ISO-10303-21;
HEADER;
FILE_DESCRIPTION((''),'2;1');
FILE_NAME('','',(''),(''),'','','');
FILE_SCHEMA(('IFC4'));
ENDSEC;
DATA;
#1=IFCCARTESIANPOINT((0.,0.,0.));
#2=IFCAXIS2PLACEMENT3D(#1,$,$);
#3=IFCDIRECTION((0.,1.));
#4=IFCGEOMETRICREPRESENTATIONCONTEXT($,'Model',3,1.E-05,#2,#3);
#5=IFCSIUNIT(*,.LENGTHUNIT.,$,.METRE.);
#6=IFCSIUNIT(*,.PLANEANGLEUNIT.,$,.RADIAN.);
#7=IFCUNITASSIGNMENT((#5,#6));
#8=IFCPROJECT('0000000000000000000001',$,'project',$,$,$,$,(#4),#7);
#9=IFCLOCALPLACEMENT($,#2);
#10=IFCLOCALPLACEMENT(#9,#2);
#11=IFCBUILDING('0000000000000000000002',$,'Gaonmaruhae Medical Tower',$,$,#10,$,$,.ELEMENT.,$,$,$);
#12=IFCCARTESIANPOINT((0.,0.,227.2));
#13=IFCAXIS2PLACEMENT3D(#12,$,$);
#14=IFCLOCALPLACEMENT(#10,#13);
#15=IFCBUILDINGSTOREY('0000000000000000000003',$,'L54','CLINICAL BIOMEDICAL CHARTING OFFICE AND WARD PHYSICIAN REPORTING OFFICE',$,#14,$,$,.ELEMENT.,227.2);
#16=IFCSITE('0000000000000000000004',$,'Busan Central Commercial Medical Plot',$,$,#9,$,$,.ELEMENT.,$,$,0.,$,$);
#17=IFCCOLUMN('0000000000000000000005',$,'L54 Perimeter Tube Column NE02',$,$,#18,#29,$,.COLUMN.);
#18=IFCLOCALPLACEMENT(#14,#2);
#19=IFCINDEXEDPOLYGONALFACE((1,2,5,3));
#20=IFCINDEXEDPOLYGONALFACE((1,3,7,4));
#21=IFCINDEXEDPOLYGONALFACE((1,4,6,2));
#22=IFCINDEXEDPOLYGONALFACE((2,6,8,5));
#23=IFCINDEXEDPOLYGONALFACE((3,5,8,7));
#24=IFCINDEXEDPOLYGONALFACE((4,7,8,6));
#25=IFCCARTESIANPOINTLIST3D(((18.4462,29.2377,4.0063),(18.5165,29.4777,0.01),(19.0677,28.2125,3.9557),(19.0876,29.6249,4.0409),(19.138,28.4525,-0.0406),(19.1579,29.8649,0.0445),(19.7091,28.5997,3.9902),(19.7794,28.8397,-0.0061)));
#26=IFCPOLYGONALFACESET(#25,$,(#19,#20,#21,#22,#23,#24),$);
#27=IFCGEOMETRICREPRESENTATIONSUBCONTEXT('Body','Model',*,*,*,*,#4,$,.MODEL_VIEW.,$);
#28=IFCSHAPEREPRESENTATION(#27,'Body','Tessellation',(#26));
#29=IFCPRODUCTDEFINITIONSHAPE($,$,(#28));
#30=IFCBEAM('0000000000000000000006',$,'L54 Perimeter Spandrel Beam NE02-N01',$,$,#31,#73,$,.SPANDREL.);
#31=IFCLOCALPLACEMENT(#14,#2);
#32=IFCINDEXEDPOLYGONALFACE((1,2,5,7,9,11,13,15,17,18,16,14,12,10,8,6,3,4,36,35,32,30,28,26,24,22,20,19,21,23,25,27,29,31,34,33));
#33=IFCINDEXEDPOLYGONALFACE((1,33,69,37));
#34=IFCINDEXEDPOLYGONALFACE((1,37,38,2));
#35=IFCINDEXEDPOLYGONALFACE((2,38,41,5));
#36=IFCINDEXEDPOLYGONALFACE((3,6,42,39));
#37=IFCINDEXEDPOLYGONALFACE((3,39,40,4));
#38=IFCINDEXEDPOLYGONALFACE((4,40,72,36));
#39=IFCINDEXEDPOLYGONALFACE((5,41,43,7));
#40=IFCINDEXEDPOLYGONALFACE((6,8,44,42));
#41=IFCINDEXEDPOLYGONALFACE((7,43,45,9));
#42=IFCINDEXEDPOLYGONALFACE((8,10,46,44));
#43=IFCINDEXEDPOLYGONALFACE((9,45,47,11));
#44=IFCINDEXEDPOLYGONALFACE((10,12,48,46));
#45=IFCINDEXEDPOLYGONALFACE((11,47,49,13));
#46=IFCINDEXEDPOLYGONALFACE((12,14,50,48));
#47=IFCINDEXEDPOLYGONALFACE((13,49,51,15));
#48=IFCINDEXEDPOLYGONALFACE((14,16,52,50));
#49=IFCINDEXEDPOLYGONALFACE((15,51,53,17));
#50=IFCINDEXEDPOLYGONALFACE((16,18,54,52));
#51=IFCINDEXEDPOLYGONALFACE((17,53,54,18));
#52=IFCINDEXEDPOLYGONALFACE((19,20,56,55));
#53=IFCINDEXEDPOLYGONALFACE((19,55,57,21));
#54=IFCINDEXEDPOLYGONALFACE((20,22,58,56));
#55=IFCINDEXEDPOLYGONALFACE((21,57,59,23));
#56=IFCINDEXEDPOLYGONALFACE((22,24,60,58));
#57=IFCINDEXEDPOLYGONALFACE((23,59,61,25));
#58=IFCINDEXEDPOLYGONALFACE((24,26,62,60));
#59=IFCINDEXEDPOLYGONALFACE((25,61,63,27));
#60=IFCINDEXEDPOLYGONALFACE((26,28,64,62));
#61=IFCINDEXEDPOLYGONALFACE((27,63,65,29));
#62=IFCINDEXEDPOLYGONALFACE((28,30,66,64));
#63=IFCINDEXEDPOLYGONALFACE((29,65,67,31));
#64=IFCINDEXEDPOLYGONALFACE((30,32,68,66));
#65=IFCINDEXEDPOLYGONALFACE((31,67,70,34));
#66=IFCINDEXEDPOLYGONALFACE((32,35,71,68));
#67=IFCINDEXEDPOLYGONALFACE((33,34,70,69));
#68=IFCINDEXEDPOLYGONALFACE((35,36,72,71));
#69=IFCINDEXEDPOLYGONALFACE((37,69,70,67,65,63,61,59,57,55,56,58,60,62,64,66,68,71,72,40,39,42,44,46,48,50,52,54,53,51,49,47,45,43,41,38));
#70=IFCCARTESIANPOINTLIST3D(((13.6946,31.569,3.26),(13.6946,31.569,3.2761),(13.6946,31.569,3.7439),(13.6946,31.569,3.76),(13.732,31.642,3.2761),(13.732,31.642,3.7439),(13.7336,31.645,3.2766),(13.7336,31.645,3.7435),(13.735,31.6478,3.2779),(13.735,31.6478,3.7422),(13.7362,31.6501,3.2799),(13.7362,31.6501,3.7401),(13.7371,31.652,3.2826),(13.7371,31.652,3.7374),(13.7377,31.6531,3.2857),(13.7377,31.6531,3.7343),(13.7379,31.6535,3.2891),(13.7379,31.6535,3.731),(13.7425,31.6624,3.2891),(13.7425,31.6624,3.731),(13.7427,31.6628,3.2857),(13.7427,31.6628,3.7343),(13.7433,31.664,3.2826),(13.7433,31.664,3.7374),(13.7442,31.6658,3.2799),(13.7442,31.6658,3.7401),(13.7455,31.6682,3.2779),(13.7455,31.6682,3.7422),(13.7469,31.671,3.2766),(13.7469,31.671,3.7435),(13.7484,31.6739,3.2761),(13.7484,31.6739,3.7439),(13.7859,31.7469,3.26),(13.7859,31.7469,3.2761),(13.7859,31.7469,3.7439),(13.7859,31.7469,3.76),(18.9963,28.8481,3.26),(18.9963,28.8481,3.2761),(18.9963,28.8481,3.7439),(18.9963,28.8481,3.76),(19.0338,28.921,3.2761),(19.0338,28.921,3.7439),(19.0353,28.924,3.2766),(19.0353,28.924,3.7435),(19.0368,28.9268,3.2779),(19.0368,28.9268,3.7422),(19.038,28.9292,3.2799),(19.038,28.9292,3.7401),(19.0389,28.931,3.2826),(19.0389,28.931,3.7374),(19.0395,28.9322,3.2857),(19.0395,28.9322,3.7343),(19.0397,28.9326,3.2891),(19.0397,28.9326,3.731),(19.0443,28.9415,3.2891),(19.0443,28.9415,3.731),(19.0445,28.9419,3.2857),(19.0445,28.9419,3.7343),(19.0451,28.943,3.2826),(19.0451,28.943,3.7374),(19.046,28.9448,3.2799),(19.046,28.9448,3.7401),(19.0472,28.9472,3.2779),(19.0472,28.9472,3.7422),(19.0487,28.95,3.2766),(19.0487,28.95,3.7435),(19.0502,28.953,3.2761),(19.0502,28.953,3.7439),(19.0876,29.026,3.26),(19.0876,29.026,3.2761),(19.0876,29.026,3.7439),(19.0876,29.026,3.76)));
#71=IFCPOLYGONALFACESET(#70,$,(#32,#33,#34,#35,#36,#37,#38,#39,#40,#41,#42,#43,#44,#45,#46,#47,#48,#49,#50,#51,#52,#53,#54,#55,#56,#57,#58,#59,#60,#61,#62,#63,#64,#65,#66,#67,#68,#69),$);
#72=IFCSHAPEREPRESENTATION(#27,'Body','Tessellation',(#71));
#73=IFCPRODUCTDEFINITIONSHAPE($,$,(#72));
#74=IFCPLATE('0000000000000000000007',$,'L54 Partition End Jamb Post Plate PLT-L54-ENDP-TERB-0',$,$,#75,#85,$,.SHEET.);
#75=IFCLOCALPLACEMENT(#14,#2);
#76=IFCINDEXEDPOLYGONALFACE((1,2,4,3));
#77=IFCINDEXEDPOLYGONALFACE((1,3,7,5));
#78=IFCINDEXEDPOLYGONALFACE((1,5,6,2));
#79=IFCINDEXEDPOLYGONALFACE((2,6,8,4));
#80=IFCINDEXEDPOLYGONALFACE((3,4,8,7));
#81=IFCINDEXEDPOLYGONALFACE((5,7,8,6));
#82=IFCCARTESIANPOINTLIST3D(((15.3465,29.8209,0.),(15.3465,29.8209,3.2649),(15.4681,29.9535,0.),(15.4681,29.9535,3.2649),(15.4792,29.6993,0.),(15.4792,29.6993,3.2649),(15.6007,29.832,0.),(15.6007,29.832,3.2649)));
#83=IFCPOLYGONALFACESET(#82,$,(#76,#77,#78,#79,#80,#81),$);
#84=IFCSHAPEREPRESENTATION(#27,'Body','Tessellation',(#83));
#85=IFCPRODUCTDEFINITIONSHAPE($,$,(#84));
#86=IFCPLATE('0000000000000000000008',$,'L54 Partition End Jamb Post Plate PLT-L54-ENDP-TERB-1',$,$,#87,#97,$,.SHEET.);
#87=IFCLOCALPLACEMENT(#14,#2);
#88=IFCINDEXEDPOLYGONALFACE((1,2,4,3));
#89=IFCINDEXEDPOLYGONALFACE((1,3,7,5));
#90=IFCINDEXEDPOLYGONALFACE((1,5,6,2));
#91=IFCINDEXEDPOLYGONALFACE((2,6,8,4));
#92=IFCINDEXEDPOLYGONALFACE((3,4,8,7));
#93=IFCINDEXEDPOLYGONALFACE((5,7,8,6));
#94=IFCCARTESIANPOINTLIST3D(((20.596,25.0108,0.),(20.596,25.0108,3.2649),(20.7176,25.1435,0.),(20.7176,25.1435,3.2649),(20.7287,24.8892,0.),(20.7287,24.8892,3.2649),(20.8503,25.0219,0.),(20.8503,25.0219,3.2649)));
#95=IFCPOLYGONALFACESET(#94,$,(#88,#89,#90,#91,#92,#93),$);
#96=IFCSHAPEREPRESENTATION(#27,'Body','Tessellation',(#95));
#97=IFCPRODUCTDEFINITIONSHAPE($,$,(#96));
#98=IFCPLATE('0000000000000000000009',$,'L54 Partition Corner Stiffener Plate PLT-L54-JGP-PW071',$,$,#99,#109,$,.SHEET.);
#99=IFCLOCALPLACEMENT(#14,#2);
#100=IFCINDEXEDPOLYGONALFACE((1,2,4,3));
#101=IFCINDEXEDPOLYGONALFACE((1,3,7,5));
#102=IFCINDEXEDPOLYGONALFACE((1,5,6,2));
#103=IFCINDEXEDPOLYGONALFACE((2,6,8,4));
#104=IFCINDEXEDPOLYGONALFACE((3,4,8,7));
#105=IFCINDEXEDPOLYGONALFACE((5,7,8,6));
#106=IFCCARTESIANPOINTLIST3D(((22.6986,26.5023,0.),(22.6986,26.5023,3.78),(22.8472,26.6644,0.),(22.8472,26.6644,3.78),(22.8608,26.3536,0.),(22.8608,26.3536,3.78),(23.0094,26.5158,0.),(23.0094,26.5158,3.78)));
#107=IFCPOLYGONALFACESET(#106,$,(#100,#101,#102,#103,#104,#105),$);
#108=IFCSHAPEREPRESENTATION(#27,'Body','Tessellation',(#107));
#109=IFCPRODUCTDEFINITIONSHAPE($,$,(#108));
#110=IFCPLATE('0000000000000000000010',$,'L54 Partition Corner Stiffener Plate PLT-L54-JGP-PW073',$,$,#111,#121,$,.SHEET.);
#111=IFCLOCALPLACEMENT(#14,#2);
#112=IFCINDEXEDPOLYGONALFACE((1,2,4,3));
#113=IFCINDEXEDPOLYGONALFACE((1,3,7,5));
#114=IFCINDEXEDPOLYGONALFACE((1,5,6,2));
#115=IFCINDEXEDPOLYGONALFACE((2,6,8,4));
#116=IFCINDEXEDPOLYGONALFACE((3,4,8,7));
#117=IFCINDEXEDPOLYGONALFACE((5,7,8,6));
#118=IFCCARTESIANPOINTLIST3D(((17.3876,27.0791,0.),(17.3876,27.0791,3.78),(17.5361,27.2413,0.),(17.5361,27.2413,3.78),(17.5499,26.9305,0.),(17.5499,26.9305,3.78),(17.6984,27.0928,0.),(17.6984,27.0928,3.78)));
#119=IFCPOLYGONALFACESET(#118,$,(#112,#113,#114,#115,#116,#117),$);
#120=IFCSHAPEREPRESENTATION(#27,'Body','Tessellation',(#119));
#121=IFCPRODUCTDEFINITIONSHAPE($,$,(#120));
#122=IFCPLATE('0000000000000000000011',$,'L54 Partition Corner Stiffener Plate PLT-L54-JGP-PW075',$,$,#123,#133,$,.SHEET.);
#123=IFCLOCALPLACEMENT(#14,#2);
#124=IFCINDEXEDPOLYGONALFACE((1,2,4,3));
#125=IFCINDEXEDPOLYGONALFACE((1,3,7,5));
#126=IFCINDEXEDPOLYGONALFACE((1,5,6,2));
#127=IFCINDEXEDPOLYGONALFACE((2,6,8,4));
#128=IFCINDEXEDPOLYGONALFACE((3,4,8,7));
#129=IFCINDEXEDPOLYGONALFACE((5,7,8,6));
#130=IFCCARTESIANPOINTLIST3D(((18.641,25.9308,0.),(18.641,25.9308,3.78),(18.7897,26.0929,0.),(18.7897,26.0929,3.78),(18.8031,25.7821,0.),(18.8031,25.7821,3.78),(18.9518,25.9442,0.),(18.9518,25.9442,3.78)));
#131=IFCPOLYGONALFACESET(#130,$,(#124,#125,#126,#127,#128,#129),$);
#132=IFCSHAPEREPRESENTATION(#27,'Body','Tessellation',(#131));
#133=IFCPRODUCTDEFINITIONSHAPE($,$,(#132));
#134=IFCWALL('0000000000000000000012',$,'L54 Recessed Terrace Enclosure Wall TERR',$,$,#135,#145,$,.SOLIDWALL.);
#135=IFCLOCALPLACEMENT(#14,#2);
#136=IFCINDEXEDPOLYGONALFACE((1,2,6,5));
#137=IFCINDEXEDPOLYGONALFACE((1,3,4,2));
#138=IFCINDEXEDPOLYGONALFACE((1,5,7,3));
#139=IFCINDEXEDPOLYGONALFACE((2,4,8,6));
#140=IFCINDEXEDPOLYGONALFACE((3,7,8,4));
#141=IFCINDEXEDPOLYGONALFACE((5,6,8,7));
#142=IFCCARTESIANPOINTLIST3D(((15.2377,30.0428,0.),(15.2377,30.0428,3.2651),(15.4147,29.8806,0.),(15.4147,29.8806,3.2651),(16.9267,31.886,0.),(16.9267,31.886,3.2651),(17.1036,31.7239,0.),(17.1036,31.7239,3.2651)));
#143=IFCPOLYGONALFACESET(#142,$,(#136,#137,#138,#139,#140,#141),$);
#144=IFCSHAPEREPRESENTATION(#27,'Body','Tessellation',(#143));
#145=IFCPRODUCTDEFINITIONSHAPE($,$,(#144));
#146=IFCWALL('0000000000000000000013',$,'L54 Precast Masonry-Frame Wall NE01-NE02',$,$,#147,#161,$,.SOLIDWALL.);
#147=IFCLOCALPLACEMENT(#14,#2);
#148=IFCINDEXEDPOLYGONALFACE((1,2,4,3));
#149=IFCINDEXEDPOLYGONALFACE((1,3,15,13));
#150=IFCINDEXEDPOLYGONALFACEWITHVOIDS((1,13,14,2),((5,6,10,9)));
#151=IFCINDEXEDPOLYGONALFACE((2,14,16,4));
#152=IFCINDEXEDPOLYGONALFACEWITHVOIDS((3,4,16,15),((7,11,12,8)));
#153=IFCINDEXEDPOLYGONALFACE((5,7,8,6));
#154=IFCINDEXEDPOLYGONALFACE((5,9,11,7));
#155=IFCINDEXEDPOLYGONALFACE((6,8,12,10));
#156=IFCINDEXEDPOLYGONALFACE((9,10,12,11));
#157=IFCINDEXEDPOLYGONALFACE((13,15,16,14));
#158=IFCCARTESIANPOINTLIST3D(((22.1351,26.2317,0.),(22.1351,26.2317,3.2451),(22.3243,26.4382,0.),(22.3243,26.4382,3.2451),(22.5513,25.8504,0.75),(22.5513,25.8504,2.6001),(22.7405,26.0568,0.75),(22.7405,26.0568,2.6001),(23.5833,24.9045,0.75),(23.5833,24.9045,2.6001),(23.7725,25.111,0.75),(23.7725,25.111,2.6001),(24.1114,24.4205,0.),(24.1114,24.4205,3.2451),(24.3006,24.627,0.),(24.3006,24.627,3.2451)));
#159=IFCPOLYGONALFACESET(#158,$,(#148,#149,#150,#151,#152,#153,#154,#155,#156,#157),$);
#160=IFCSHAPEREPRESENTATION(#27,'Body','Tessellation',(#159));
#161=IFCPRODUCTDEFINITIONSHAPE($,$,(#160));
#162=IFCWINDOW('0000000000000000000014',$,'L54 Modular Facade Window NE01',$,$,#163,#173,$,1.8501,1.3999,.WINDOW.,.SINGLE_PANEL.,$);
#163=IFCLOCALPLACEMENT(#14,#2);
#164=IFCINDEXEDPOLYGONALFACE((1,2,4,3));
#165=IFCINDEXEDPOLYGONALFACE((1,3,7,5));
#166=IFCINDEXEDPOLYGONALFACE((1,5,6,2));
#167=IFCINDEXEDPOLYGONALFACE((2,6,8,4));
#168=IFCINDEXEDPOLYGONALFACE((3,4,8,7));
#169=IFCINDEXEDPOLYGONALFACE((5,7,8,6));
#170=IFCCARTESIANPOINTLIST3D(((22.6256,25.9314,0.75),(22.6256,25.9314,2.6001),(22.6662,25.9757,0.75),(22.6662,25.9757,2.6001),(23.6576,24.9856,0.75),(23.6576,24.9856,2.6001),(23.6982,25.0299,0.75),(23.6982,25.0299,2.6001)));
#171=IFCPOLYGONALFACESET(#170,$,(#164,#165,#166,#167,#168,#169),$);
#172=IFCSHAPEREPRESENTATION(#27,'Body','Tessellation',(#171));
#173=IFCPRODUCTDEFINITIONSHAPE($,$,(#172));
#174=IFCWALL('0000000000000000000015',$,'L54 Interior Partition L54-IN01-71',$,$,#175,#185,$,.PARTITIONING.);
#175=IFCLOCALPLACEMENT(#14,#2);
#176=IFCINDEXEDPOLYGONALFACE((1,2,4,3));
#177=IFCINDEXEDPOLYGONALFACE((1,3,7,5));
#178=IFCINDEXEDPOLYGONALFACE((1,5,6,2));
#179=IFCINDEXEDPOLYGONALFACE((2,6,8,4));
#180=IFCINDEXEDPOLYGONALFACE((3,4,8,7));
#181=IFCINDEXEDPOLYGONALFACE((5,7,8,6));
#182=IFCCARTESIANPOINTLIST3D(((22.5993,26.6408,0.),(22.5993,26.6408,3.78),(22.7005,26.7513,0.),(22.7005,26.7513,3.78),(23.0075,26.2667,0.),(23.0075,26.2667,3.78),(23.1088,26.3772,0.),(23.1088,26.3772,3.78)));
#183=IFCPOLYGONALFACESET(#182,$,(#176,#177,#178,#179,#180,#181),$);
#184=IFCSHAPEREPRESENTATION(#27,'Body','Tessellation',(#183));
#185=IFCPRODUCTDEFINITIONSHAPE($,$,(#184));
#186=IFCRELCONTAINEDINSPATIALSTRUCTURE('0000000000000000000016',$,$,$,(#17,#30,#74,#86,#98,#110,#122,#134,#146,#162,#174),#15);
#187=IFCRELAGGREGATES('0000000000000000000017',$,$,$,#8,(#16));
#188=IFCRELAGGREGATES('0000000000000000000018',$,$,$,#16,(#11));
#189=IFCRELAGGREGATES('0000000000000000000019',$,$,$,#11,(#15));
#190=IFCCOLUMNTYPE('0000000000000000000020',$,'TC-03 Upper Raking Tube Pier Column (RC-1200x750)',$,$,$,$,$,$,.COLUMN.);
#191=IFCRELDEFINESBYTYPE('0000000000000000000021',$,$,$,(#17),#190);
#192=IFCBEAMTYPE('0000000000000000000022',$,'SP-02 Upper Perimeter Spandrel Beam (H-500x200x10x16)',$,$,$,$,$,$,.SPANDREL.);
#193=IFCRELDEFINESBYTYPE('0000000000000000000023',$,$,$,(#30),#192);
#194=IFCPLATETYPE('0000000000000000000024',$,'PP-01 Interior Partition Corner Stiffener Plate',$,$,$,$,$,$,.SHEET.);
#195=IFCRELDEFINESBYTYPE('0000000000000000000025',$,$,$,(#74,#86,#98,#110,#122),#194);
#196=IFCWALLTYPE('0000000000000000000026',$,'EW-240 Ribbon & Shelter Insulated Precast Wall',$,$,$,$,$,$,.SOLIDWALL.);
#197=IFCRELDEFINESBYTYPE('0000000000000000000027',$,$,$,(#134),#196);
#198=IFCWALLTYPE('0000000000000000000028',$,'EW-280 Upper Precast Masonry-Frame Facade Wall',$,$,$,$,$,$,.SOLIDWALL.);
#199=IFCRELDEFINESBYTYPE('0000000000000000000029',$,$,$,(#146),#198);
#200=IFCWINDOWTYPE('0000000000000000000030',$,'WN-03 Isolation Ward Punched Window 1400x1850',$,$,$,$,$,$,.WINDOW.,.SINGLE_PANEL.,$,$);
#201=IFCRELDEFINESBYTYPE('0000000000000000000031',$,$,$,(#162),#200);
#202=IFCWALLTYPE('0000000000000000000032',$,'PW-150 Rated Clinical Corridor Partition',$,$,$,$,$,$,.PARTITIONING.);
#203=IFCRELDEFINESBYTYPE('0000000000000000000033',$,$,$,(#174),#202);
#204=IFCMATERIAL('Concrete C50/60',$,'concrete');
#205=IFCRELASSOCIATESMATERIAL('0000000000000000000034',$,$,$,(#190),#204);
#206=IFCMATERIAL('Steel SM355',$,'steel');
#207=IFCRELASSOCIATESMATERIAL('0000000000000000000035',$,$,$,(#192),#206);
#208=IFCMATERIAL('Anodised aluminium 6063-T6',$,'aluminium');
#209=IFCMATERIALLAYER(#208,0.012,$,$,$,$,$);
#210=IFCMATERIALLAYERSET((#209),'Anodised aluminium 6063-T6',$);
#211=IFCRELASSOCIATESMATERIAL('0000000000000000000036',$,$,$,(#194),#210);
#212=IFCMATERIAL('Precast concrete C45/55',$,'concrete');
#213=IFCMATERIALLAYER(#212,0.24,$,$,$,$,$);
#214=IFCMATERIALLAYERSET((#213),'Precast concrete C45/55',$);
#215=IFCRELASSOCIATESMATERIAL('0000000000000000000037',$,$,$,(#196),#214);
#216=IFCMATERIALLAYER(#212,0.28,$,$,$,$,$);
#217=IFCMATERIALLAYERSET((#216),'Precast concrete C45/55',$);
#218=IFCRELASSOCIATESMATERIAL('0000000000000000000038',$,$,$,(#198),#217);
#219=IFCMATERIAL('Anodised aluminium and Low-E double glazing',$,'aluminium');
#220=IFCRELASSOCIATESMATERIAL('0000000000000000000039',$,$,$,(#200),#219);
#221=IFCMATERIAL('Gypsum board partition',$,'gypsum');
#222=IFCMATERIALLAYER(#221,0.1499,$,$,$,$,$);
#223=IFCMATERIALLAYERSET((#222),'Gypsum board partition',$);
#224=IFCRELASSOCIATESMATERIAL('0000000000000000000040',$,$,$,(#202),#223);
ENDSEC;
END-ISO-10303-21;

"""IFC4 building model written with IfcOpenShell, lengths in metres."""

from ifc_helpers import new_model, si_unit, direction, frame, frame_2d, origin, origin_2d, place, context, subcontext, project, spatial, rectangle, i_section, extrude, material, layer, layer_set, material_profile, profile_set, type_object, element, fill, save


model = new_model("IFC4")

# Units and contexts
model_context = context("Model", 3, precision=1e-05, world=origin(), true_north=direction((0.0, 1.0)))
body_context = subcontext(model_context, "Body", "Model", "MODEL_VIEW")
ifc_project = project(units=[si_unit("LENGTHUNIT", "METRE"), si_unit("PLANEANGLEUNIT", "RADIAN")], contexts=[model_context])

# Site, building, storey
site_placement = place(None, origin())
site = spatial("IfcSite", under=ifc_project, at=site_placement, Name="Busan Central Commercial Medical Plot", CompositionType="ELEMENT", RefElevation=0.0)
building_placement = place(site_placement, origin())
building = spatial("IfcBuilding", under=site, at=building_placement, Name="Gaonmaruhae Medical Tower", CompositionType="ELEMENT")
storey_placement = place(building_placement, frame((0.0, 0.0, 227.2)))
storey = spatial("IfcBuildingStorey", under=building, at=storey_placement, Name="L54", Description="CLINICAL BIOMEDICAL CHARTING OFFICE AND WARD PHYSICIAN REPORTING OFFICE", CompositionType="ELEMENT", Elevation=227.2)

# Column
ifc_material_1 = material(Name="Concrete C50/60", Category="concrete")
ifc_material_profile_1 = material_profile(ifc_material_1, rectangle(XDim=1.2, YDim=0.75, at=origin_2d()), Name="RC-1200x750")
ifc_profile_set_1 = profile_set([ifc_material_profile_1], Name="Concrete C50/60")
column_type = type_object("IfcColumnType", Name="TC-03 Upper Raking Tube Pier Column (RC-1200x750)", PredefinedType="COLUMN", material=ifc_profile_set_1)
column_placement = place(storey_placement, frame((19.1479, 29.1587, 0.002), z_axis=(-0.01756, -0.059935, 0.998048), x_axis=(-0.517956, 0.854366, 0.042194)))
element("IfcColumn", 1, at=column_placement, inside=storey, type_object=column_type, Name="L54 Perimeter Tube Column NE02", PredefinedType="COLUMN", context=body_context, shape_type="SweptSolid", body=[
    extrude(rectangle(XDim=1.2, YDim=0.75, at=origin_2d()), origin(), (0.0, 0.0, 1.0), 4.0042),
])

# Beam
ifc_material_2 = material(Name="Steel SM355", Category="steel")
ifc_material_profile_2 = material_profile(ifc_material_2, i_section(OverallWidth=0.2, OverallDepth=0.5, WebThickness=0.01, FlangeThickness=0.0161, FilletRadius=0.0129, at=origin_2d()), Name="H-500x200x10x16")
ifc_profile_set_2 = profile_set([ifc_material_profile_2], Name="Steel SM355")
beam_type = type_object("IfcBeamType", Name="SP-02 Upper Perimeter Spandrel Beam (H-500x200x10x16)", PredefinedType="SPANDREL", material=ifc_profile_set_2)
beam_placement = place(storey_placement, frame((19.042, 28.937, 3.51), z_axis=(-0.889675, 0.456595, 0.0), x_axis=(-0.456595, -0.889675, 0.0)))
element("IfcBeam", 2, at=beam_placement, inside=storey, type_object=beam_type, Name="L54 Perimeter Spandrel Beam NE02-N01", PredefinedType="SPANDREL", context=body_context, shape_type="SweptSolid", body=[
    extrude(i_section(OverallWidth=0.2, OverallDepth=0.5, WebThickness=0.01, FlangeThickness=0.0161, FilletRadius=0.0129, at=origin_2d()), origin(), (0.0, 0.0, 1.0), 5.9592),
])

# Plates
ifc_material_3 = material(Name="Anodised aluminium 6063-T6", Category="aluminium")
ifc_layer_1 = layer(ifc_material_3, 0.012)
ifc_layer_set_1 = layer_set([ifc_layer_1], Name="Anodised aluminium 6063-T6")
plate_type = type_object("IfcPlateType", Name="PP-01 Interior Partition Corner Stiffener Plate", PredefinedType="SHEET", material=ifc_layer_set_1)
for number, where, z_axis, x_axis, name in (
    (3, (15.4736, 29.8264, 0.0), (0.0, 0.0, 1.0), (0.737277, -0.67559, 0.0), "L54 Partition End Jamb Post Plate PLT-L54-ENDP-TERB-0"),
    (4, (20.7231, 25.0164, 0.0), (0.0, 0.0, 1.0), (0.737277, -0.67559, 0.0), "L54 Partition End Jamb Post Plate PLT-L54-ENDP-TERB-1"),
):
    element("IfcPlate", number, at=place(storey_placement, frame(where, z_axis=z_axis, x_axis=x_axis)), inside=storey, type_object=plate_type, Name=name, PredefinedType="SHEET", context=body_context, shape_type="SweptSolid", body=[
        extrude(rectangle(XDim=0.1799, YDim=0.1799, at=origin_2d()), origin(), (0.0, 0.0, 1.0), 3.2649),
    ])
for number, where, z_axis, x_axis, name in (
    (5, (22.854, 26.509, 0.0), (0.0, 0.0, 1.0), (0.737159, -0.675719, 0.0), "L54 Partition Corner Stiffener Plate PLT-L54-JGP-PW071"),
    (6, (17.543, 27.0859, 0.0), (0.0, 0.0, 1.0), (-0.675127, -0.737702, 0.0), "L54 Partition Corner Stiffener Plate PLT-L54-JGP-PW073"),
    (7, (18.7964, 25.9375, 0.0), (0.0, 0.0, 1.0), (0.676105, 0.736806, 0.0), "L54 Partition Corner Stiffener Plate PLT-L54-JGP-PW075"),
):
    element("IfcPlate", number, at=place(storey_placement, frame(where, z_axis=z_axis, x_axis=x_axis)), inside=storey, type_object=plate_type, Name=name, PredefinedType="SHEET", context=body_context, shape_type="SweptSolid", body=[
        extrude(rectangle(XDim=0.22, YDim=0.22, at=origin_2d()), origin(), (0.0, 0.0, 1.0), 3.78),
    ])

# Shared definitions
ifc_material_4 = material(Name="Precast concrete C45/55", Category="concrete")
ifc_layer_2 = layer(ifc_material_4, 0.24)
ifc_layer_set_2 = layer_set([ifc_layer_2], Name="Precast concrete C45/55")
wall_type_1 = type_object("IfcWallType", Name="EW-240 Ribbon & Shelter Insulated Precast Wall", PredefinedType="SOLIDWALL", material=ifc_layer_set_2)

# Wall
wall_1_placement = place(storey_placement, frame((17.0151, 31.8049, 0.0), z_axis=(0.0, 0.0, 1.0), x_axis=(-0.675574, -0.737292, 0.0)))
element("IfcWall", 8, at=wall_1_placement, inside=storey, type_object=wall_type_1, Name="L54 Recessed Terrace Enclosure Wall TERR", PredefinedType="SOLIDWALL", context=body_context, shape_type="SweptSolid", body=[
    extrude(rectangle(XDim=2.5, YDim=0.24, at=frame_2d((1.25, 0.0))), origin(), (0.0, 0.0, 1.0), 3.2651),
])

# Wall, opening, window
ifc_layer_3 = layer(ifc_material_4, 0.28)
ifc_layer_set_3 = layer_set([ifc_layer_3], Name="Precast concrete C45/55")
wall_type_2 = type_object("IfcWallType", Name="EW-280 Upper Precast Masonry-Frame Facade Wall", PredefinedType="SOLIDWALL", material=ifc_layer_set_3)
wall_2_placement = place(storey_placement, frame((22.2297, 26.335, 0.0), z_axis=(0.0, 0.0, 1.0), x_axis=(0.737218, -0.675655, 0.0)))
wall_2 = element("IfcWall", 9, at=wall_2_placement, inside=storey, type_object=wall_type_2, Name="L54 Precast Masonry-Frame Wall NE01-NE02", PredefinedType="SOLIDWALL", context=body_context, shape_type="SweptSolid", body=[
    extrude(rectangle(XDim=2.6807, YDim=0.28, at=frame_2d((1.3403, 0.0))), origin(), (0.0, 0.0, 1.0), 3.2451),
])
opening_1_placement = place(wall_2_placement, frame((0.5645, 0.0, 0.75)))
opening_1 = element("IfcOpeningElement", 10, at=opening_1_placement, cuts=wall_2, PredefinedType="OPENING", context=body_context, shape_type="SweptSolid", body=[
    extrude(rectangle(XDim=1.3999, YDim=1.8501, at=frame_2d((0.7, 0.925))), frame((0.0, 0.1499, 0.0), z_axis=(0.0, -1.0, 0.0), x_axis=(1.0, 0.0, 0.0)), (0.0, 0.0, 1.0), 0.3),
])
ifc_material_5 = material(Name="Anodised aluminium and Low-E double glazing", Category="aluminium")
window_type = type_object("IfcWindowType", Name="WN-03 Isolation Ward Punched Window 1400x1850", PartitioningType="SINGLE_PANEL", PredefinedType="WINDOW", material=ifc_material_5)
window_placement = place(opening_1_placement, origin())
window = element("IfcWindow", 11, at=window_placement, inside=storey, type_object=window_type, Name="L54 Modular Facade Window NE01", OverallHeight=1.8501, OverallWidth=1.3999, PartitioningType="SINGLE_PANEL", PredefinedType="WINDOW", context=body_context, shape_type="SweptSolid", body=[
    extrude(rectangle(XDim=1.3999, YDim=1.8501, at=frame_2d((0.7, 0.925))), frame((0.0, 0.03, 0.0), z_axis=(0.0, -1.0, 0.0), x_axis=(1.0, 0.0, 0.0)), (0.0, 0.0, 1.0), 0.0601),
])
fill(opening_1, window)

# Wall
ifc_material_6 = material(Name="Gypsum board partition", Category="gypsum")
ifc_layer_4 = layer(ifc_material_6, 0.1499)
ifc_layer_set_4 = layer_set([ifc_layer_4], Name="Gypsum board partition")
wall_type_3 = type_object("IfcWallType", Name="PW-150 Rated Clinical Corridor Partition", PredefinedType="PARTITIONING", material=ifc_layer_set_4)
wall_3_placement = place(storey_placement, frame((22.6499, 26.696, 0.0), z_axis=(0.0, 0.0, 1.0), x_axis=(0.737301, -0.675565, 0.0)))
element("IfcWall", 12, at=wall_3_placement, inside=storey, type_object=wall_type_3, Name="L54 Interior Partition L54-IN01-71", PredefinedType="PARTITIONING", context=body_context, shape_type="SweptSolid", body=[
    extrude(rectangle(XDim=0.5537, YDim=0.1499, at=frame_2d((0.2769, 0.0))), origin(), (0.0, 0.0, 1.0), 3.78),
])

save(model, "model.ifc")
